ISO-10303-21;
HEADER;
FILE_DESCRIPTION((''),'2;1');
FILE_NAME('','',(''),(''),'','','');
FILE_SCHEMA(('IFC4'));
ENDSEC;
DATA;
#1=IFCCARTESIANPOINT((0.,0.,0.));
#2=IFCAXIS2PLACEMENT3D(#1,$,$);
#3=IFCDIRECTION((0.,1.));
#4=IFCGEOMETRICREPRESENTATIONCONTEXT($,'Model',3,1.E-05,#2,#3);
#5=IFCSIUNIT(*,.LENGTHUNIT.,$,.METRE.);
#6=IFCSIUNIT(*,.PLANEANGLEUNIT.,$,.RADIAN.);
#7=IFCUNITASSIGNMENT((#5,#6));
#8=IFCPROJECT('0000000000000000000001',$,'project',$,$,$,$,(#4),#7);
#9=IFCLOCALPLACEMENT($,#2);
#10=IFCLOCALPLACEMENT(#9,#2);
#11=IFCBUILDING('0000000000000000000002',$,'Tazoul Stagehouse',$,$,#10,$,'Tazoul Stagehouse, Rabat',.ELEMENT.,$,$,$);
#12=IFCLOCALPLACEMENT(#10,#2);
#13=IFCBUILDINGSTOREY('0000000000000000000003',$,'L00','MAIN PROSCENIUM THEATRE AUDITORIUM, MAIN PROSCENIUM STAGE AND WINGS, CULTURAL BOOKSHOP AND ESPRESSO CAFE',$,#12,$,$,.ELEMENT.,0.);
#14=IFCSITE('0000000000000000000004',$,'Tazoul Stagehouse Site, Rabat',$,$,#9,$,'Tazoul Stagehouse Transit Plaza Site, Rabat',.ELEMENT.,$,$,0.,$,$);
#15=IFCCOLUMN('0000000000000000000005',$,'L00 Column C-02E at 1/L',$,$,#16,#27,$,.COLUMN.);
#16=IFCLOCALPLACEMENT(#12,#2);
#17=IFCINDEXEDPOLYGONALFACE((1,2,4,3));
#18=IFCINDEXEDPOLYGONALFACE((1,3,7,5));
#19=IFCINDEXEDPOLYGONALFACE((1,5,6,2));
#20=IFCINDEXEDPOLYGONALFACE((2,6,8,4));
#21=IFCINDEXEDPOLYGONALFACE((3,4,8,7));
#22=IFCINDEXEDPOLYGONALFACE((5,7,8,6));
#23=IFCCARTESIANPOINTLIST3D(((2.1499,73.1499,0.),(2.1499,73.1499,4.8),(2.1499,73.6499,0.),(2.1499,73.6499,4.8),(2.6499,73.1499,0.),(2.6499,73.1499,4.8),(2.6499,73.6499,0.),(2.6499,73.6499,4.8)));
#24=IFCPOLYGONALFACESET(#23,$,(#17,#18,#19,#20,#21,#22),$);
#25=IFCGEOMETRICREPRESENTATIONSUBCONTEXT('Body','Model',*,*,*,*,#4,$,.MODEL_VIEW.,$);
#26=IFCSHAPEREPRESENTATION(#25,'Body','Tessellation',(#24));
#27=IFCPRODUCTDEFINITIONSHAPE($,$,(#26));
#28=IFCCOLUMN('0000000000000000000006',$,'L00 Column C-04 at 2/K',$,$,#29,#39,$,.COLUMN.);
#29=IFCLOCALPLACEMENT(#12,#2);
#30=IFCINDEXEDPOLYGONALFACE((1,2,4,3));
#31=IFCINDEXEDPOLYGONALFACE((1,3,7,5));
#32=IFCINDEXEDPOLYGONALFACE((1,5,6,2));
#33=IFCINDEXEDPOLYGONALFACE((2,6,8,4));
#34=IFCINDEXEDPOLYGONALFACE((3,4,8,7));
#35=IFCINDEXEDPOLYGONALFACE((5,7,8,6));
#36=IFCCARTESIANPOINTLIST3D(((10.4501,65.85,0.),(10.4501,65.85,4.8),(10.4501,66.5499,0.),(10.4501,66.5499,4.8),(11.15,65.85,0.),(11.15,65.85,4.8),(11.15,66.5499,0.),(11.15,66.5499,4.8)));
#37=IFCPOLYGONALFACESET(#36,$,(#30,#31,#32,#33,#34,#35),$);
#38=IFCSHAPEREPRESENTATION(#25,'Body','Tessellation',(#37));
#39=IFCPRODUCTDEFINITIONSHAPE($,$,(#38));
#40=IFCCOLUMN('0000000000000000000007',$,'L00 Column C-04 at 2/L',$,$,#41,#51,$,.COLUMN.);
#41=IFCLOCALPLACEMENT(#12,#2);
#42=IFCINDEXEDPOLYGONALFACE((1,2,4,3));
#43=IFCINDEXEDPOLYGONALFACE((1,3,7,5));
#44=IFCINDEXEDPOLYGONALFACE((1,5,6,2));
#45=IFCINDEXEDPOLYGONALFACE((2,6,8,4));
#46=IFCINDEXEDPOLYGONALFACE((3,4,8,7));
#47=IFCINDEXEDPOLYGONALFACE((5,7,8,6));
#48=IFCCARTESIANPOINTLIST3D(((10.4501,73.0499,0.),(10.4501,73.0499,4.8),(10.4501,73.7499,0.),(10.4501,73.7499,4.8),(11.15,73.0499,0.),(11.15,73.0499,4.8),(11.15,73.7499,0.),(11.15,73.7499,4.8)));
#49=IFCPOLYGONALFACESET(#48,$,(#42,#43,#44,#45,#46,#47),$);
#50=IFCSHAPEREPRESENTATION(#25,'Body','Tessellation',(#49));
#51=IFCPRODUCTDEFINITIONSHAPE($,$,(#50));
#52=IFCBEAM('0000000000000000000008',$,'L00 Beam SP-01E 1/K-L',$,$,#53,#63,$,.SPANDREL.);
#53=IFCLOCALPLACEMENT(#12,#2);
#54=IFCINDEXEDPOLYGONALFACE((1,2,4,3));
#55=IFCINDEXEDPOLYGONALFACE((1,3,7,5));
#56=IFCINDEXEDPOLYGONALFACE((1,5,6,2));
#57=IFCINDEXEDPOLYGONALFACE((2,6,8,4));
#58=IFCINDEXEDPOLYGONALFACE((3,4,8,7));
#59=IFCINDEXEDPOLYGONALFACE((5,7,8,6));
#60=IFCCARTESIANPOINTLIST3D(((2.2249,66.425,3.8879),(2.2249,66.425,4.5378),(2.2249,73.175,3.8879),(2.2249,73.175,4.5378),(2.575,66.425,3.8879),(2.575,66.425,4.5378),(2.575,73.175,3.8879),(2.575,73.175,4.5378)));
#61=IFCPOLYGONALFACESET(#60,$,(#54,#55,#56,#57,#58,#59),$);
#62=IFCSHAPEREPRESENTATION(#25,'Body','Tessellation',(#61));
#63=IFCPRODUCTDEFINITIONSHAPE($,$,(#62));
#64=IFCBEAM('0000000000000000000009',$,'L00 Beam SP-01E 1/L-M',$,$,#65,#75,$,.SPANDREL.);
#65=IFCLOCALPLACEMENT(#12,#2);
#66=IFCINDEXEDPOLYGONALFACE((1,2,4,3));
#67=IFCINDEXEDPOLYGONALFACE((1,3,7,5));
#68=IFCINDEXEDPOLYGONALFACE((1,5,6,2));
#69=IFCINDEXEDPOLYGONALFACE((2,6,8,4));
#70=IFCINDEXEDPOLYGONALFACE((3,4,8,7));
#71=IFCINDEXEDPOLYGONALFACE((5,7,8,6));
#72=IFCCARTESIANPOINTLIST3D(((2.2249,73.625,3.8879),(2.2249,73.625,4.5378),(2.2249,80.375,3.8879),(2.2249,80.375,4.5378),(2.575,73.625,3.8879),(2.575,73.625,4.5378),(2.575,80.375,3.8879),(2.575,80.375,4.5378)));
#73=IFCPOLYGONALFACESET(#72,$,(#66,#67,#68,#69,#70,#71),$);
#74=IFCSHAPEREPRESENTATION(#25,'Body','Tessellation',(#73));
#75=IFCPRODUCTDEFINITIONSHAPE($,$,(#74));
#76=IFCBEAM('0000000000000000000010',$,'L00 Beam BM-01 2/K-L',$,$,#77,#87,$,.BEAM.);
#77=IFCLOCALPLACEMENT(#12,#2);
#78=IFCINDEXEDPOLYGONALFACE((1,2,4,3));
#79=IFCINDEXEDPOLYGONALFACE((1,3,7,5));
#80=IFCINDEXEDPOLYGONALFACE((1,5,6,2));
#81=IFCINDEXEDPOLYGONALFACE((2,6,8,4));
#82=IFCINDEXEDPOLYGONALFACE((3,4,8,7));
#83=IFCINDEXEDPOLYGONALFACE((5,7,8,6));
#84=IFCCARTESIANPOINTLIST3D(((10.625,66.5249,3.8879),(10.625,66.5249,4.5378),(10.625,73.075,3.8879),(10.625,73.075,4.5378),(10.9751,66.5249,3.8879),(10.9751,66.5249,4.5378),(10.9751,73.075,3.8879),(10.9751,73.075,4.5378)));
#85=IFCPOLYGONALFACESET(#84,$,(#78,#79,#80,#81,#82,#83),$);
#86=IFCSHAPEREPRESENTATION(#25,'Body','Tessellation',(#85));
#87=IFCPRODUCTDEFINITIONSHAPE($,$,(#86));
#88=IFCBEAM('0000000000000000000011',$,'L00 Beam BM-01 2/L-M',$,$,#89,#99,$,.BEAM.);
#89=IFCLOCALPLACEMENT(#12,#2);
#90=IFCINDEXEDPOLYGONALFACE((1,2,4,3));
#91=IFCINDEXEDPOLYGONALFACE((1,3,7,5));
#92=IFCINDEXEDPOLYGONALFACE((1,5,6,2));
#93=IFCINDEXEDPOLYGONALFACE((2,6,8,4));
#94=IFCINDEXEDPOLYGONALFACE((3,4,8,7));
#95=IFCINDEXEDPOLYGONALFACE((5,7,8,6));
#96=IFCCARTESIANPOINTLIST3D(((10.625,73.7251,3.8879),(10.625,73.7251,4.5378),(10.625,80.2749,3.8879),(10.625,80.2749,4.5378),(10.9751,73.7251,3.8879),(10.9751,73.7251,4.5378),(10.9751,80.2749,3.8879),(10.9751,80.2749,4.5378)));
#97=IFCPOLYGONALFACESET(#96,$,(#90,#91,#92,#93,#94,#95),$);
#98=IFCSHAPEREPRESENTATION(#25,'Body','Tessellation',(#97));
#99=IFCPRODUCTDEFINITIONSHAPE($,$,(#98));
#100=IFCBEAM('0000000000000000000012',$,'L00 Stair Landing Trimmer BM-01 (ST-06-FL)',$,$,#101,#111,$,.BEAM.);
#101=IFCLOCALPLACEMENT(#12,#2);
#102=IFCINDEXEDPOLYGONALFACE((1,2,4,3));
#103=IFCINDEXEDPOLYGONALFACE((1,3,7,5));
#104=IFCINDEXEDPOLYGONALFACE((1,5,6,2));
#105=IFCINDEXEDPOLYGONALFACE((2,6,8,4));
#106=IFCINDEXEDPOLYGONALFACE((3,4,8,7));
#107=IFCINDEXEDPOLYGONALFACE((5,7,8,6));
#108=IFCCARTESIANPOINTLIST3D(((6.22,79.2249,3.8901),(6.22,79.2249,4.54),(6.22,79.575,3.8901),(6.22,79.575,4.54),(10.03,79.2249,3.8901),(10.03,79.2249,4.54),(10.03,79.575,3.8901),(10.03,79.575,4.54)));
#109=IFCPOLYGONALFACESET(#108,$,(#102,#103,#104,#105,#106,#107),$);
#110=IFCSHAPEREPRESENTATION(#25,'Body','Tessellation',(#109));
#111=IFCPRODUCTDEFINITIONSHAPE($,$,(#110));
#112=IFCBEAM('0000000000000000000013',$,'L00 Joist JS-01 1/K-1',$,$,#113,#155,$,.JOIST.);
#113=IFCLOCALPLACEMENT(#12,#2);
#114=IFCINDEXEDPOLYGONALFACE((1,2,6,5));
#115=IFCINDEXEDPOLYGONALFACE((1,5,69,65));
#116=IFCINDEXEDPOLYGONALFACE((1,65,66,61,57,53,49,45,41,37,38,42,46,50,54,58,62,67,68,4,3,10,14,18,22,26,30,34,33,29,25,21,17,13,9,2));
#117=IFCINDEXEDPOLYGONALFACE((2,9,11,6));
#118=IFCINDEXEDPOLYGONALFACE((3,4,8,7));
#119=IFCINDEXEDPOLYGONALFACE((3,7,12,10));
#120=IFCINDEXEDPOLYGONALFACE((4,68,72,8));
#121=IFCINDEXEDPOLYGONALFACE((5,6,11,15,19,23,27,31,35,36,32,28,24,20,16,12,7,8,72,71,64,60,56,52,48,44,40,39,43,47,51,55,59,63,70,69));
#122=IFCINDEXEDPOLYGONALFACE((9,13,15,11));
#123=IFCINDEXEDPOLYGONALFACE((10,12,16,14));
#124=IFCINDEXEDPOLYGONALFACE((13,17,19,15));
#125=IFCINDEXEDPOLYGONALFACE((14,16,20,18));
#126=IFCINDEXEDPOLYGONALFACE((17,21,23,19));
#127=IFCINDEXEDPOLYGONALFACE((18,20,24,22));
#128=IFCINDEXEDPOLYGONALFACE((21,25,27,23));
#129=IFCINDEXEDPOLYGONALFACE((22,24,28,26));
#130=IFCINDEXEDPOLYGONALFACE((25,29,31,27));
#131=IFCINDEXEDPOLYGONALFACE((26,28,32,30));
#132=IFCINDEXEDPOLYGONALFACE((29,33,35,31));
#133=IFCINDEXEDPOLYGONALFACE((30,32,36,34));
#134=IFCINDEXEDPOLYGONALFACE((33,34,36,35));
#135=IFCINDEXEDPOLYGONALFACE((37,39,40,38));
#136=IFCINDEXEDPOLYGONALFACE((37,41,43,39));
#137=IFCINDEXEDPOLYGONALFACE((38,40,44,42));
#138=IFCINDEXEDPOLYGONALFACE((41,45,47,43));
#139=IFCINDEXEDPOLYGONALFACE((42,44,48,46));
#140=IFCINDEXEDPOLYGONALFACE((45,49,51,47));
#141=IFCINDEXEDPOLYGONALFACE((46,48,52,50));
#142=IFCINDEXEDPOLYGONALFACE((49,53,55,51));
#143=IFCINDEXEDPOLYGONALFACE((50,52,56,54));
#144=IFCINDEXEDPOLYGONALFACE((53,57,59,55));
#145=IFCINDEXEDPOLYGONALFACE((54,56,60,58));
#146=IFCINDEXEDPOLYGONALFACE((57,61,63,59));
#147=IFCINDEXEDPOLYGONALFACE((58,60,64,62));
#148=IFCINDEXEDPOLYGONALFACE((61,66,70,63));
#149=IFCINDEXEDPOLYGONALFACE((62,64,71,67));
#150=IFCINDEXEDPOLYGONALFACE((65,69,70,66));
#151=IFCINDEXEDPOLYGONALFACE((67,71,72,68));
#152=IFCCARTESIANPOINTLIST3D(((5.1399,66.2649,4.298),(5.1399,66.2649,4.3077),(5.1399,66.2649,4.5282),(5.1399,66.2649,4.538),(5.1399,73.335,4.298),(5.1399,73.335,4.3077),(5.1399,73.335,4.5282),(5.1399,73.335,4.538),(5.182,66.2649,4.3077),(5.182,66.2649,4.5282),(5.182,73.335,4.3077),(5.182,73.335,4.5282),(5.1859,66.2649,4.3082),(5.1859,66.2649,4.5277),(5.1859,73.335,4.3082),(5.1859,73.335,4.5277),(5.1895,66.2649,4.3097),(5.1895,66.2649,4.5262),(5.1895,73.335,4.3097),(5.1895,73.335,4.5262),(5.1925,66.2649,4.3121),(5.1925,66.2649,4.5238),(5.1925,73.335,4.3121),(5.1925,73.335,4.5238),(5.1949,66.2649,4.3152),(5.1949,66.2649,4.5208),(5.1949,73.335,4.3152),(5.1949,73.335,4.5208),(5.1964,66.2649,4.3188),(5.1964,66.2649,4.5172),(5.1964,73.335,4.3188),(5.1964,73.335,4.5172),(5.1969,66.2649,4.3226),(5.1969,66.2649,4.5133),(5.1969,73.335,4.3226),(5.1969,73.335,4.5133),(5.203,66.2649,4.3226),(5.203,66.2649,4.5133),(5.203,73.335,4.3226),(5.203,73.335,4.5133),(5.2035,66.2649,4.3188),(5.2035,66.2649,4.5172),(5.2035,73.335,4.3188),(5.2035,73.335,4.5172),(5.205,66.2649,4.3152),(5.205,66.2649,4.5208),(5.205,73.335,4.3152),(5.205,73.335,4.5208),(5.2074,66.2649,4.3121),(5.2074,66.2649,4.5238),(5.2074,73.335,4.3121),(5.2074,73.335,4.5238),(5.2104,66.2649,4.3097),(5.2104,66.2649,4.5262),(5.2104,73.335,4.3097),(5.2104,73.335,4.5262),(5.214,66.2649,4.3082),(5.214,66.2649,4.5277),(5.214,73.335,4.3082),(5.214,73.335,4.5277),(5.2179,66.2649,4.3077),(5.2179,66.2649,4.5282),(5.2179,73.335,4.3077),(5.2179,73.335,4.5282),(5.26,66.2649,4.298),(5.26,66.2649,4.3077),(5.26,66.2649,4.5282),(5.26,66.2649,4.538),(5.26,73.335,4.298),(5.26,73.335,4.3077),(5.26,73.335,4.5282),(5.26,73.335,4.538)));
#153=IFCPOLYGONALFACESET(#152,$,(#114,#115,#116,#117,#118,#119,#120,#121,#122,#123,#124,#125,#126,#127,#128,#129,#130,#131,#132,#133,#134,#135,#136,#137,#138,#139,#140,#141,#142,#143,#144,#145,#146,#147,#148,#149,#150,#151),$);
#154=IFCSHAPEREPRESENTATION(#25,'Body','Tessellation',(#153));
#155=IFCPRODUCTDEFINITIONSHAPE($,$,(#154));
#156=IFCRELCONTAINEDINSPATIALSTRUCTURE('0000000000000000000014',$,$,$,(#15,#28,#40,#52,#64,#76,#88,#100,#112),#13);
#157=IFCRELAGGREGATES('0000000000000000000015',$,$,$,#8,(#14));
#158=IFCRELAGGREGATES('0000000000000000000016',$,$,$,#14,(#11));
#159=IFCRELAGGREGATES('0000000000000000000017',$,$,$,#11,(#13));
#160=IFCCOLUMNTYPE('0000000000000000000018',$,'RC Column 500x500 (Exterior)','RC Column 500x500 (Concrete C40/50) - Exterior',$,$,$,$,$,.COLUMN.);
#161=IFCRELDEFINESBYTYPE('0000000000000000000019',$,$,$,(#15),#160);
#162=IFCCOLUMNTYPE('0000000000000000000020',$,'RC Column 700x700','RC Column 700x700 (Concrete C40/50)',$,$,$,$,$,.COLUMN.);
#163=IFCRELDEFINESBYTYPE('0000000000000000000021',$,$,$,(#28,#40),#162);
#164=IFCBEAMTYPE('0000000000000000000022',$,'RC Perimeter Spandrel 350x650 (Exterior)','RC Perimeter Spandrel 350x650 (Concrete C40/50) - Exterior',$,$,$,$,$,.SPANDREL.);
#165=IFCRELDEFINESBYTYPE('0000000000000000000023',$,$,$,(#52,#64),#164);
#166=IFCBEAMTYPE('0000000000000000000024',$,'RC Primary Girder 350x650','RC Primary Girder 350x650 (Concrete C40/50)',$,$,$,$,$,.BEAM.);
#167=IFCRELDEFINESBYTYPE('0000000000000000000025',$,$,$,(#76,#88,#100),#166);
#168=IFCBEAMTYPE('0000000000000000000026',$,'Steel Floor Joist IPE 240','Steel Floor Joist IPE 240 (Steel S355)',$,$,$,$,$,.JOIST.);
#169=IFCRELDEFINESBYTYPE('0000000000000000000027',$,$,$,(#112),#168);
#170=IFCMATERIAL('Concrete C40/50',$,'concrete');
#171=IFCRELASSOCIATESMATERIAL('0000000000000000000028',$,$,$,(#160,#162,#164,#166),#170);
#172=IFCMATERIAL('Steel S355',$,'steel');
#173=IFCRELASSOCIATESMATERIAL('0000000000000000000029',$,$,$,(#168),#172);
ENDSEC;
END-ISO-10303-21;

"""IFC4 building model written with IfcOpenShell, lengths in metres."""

from ifc_helpers import new_model, si_unit, direction, frame, origin, origin_2d, place, context, subcontext, project, spatial, rectangle, i_section, extrude, material, material_profile, profile_set, type_object, element, save


model = new_model("IFC4")

# Units and contexts
model_context = context("Model", 3, precision=1e-05, world=origin(), true_north=direction((0.0, 1.0)))
body_context = subcontext(model_context, "Body", "Model", "MODEL_VIEW")
ifc_project = project(units=[si_unit("LENGTHUNIT", "METRE"), si_unit("PLANEANGLEUNIT", "RADIAN")], contexts=[model_context])

# Site, building, storey
site_placement = place(None, origin())
site = spatial("IfcSite", under=ifc_project, at=site_placement, Name="Tazoul Stagehouse Site, Rabat", LongName="Tazoul Stagehouse Transit Plaza Site, Rabat", CompositionType="ELEMENT", RefElevation=0.0)
building_placement = place(site_placement, origin())
building = spatial("IfcBuilding", under=site, at=building_placement, Name="Tazoul Stagehouse", LongName="Tazoul Stagehouse, Rabat", CompositionType="ELEMENT")
storey_placement = place(building_placement, origin())
storey = spatial("IfcBuildingStorey", under=building, at=storey_placement, Name="L00", Description="MAIN PROSCENIUM THEATRE AUDITORIUM, MAIN PROSCENIUM STAGE AND WINGS, CULTURAL BOOKSHOP AND ESPRESSO CAFE", CompositionType="ELEMENT", Elevation=0.0)

# Columns
ifc_material_1 = material(Name="Concrete C40/50", Category="concrete")
ifc_material_profile_1 = material_profile(ifc_material_1, rectangle(XDim=0.5, YDim=0.5, at=origin_2d()), Name="RC 500x500")
ifc_profile_set_1 = profile_set([ifc_material_profile_1], Name="Concrete C40/50")
column_type_1 = type_object("IfcColumnType", Name="RC Column 500x500 (Exterior)", Description="RC Column 500x500 (Concrete C40/50) - Exterior", PredefinedType="COLUMN", material=ifc_profile_set_1)
column_placement = place(storey_placement, frame((2.3999, 73.3999, 0.0), z_axis=(0.0, 0.0, 1.0), x_axis=(1.0, 0.0, 0.0)))
element("IfcColumn", 1, at=column_placement, inside=storey, type_object=column_type_1, Name="L00 Column C-02E at 1/L", PredefinedType="COLUMN", context=body_context, shape_type="SweptSolid", body=[
    extrude(rectangle(XDim=0.5, YDim=0.5, at=origin_2d()), origin(), (0.0, 0.0, 1.0), 4.8),
])
ifc_material_profile_2 = material_profile(ifc_material_1, rectangle(XDim=0.7, YDim=0.7, at=origin_2d()), Name="RC 700x700")
ifc_profile_set_2 = profile_set([ifc_material_profile_2], Name="Concrete C40/50")
column_type_2 = type_object("IfcColumnType", Name="RC Column 700x700", Description="RC Column 700x700 (Concrete C40/50)", PredefinedType="COLUMN", material=ifc_profile_set_2)
for number, where, z_axis, x_axis, name in (
    (2, (10.8, 66.2, 0.0), (0.0, 0.0, 1.0), (1.0, 0.0, 0.0), "L00 Column C-04 at 2/K"),
    (3, (10.8, 73.3999, 0.0), (0.0, 0.0, 1.0), (1.0, 0.0, 0.0), "L00 Column C-04 at 2/L"),
):
    element("IfcColumn", number, at=place(storey_placement, frame(where, z_axis=z_axis, x_axis=x_axis)), inside=storey, type_object=column_type_2, Name=name, PredefinedType="COLUMN", context=body_context, shape_type="SweptSolid", body=[
        extrude(rectangle(XDim=0.7, YDim=0.7, at=origin_2d()), origin(), (0.0, 0.0, 1.0), 4.8),
    ])

# Beams
ifc_material_profile_3 = material_profile(ifc_material_1, rectangle(XDim=0.3501, YDim=0.6499, at=origin_2d()), Name="RC 350x650")
ifc_profile_set_3 = profile_set([ifc_material_profile_3], Name="Concrete C40/50")
beam_type_1 = type_object("IfcBeamType", Name="RC Perimeter Spandrel 350x650 (Exterior)", Description="RC Perimeter Spandrel 350x650 (Concrete C40/50) - Exterior", PredefinedType="SPANDREL", material=ifc_profile_set_3)
for number, where, z_axis, x_axis, name in (
    (4, (2.3999, 66.425, 4.2129), (0.0, 1.0, 0.0), (-1.0, 0.0, 0.0), "L00 Beam SP-01E 1/K-L"),
    (5, (2.3999, 73.625, 4.2129), (0.0, 1.0, 0.0), (-1.0, 0.0, 0.0), "L00 Beam SP-01E 1/L-M"),
):
    element("IfcBeam", number, at=place(storey_placement, frame(where, z_axis=z_axis, x_axis=x_axis)), inside=storey, type_object=beam_type_1, Name=name, PredefinedType="SPANDREL", context=body_context, shape_type="SweptSolid", body=[
        extrude(rectangle(XDim=0.3501, YDim=0.6499, at=origin_2d()), origin(), (0.0, 0.0, 1.0), 6.75),
    ])
ifc_material_profile_4 = material_profile(ifc_material_1, rectangle(XDim=0.3501, YDim=0.6499, at=origin_2d()), Name="RC 350x650")
ifc_profile_set_4 = profile_set([ifc_material_profile_4], Name="Concrete C40/50")
beam_type_2 = type_object("IfcBeamType", Name="RC Primary Girder 350x650", Description="RC Primary Girder 350x650 (Concrete C40/50)", PredefinedType="BEAM", material=ifc_profile_set_4)
beam_1_placement = place(storey_placement, frame((10.8, 66.5249, 4.2129), z_axis=(0.0, 1.0, 0.0), x_axis=(-1.0, 0.0, 0.0)))
element("IfcBeam", 6, at=beam_1_placement, inside=storey, type_object=beam_type_2, Name="L00 Beam BM-01 2/K-L", PredefinedType="BEAM", context=body_context, shape_type="SweptSolid", body=[
    extrude(rectangle(XDim=0.3501, YDim=0.6499, at=origin_2d()), origin(), (0.0, 0.0, 1.0), 6.55),
])
beam_2_placement = place(storey_placement, frame((10.8, 73.7251, 4.2129), z_axis=(0.0, 1.0, 0.0), x_axis=(-1.0, 0.0, 0.0)))
element("IfcBeam", 7, at=beam_2_placement, inside=storey, type_object=beam_type_2, Name="L00 Beam BM-01 2/L-M", PredefinedType="BEAM", context=body_context, shape_type="SweptSolid", body=[
    extrude(rectangle(XDim=0.3501, YDim=0.6499, at=origin_2d()), origin(), (0.0, 0.0, 1.0), 6.5498),
])
beam_3_placement = place(storey_placement, frame((6.22, 79.3999, 4.2151), z_axis=(1.0, 0.0, 0.0), x_axis=(0.0, 1.0, 0.0)))
element("IfcBeam", 8, at=beam_3_placement, inside=storey, type_object=beam_type_2, Name="L00 Stair Landing Trimmer BM-01 (ST-06-FL)", PredefinedType="BEAM", context=body_context, shape_type="SweptSolid", body=[
    extrude(rectangle(XDim=0.3501, YDim=0.6499, at=origin_2d()), origin(), (0.0, 0.0, 1.0), 3.8101),
])
ifc_material_2 = material(Name="Steel S355", Category="steel")
ifc_material_profile_5 = material_profile(ifc_material_2, i_section(OverallWidth=0.1201, OverallDepth=0.24, WebThickness=0.0061, FlangeThickness=0.0098, FilletRadius=0.0149, at=origin_2d()), Name="IPE 240")
ifc_profile_set_5 = profile_set([ifc_material_profile_5], Name="Steel S355")
beam_type_3 = type_object("IfcBeamType", Name="Steel Floor Joist IPE 240", Description="Steel Floor Joist IPE 240 (Steel S355)", PredefinedType="JOIST", material=ifc_profile_set_5)
for number, where, z_axis, x_axis, name in (
    (9, (5.2, 66.2649, 4.418), (0.0, 1.0, 0.0), (-1.0, 0.0, 0.0), "L00 Joist JS-01 1/K-1"),
):
    element("IfcBeam", number, at=place(storey_placement, frame(where, z_axis=z_axis, x_axis=x_axis)), inside=storey, type_object=beam_type_3, Name=name, PredefinedType="JOIST", context=body_context, shape_type="SweptSolid", body=[
        extrude(i_section(OverallWidth=0.1201, OverallDepth=0.24, WebThickness=0.0061, FlangeThickness=0.0098, FilletRadius=0.0149, at=origin_2d()), origin(), (0.0, 0.0, 1.0), 7.0701),
    ])

save(model, "model.ifc")
